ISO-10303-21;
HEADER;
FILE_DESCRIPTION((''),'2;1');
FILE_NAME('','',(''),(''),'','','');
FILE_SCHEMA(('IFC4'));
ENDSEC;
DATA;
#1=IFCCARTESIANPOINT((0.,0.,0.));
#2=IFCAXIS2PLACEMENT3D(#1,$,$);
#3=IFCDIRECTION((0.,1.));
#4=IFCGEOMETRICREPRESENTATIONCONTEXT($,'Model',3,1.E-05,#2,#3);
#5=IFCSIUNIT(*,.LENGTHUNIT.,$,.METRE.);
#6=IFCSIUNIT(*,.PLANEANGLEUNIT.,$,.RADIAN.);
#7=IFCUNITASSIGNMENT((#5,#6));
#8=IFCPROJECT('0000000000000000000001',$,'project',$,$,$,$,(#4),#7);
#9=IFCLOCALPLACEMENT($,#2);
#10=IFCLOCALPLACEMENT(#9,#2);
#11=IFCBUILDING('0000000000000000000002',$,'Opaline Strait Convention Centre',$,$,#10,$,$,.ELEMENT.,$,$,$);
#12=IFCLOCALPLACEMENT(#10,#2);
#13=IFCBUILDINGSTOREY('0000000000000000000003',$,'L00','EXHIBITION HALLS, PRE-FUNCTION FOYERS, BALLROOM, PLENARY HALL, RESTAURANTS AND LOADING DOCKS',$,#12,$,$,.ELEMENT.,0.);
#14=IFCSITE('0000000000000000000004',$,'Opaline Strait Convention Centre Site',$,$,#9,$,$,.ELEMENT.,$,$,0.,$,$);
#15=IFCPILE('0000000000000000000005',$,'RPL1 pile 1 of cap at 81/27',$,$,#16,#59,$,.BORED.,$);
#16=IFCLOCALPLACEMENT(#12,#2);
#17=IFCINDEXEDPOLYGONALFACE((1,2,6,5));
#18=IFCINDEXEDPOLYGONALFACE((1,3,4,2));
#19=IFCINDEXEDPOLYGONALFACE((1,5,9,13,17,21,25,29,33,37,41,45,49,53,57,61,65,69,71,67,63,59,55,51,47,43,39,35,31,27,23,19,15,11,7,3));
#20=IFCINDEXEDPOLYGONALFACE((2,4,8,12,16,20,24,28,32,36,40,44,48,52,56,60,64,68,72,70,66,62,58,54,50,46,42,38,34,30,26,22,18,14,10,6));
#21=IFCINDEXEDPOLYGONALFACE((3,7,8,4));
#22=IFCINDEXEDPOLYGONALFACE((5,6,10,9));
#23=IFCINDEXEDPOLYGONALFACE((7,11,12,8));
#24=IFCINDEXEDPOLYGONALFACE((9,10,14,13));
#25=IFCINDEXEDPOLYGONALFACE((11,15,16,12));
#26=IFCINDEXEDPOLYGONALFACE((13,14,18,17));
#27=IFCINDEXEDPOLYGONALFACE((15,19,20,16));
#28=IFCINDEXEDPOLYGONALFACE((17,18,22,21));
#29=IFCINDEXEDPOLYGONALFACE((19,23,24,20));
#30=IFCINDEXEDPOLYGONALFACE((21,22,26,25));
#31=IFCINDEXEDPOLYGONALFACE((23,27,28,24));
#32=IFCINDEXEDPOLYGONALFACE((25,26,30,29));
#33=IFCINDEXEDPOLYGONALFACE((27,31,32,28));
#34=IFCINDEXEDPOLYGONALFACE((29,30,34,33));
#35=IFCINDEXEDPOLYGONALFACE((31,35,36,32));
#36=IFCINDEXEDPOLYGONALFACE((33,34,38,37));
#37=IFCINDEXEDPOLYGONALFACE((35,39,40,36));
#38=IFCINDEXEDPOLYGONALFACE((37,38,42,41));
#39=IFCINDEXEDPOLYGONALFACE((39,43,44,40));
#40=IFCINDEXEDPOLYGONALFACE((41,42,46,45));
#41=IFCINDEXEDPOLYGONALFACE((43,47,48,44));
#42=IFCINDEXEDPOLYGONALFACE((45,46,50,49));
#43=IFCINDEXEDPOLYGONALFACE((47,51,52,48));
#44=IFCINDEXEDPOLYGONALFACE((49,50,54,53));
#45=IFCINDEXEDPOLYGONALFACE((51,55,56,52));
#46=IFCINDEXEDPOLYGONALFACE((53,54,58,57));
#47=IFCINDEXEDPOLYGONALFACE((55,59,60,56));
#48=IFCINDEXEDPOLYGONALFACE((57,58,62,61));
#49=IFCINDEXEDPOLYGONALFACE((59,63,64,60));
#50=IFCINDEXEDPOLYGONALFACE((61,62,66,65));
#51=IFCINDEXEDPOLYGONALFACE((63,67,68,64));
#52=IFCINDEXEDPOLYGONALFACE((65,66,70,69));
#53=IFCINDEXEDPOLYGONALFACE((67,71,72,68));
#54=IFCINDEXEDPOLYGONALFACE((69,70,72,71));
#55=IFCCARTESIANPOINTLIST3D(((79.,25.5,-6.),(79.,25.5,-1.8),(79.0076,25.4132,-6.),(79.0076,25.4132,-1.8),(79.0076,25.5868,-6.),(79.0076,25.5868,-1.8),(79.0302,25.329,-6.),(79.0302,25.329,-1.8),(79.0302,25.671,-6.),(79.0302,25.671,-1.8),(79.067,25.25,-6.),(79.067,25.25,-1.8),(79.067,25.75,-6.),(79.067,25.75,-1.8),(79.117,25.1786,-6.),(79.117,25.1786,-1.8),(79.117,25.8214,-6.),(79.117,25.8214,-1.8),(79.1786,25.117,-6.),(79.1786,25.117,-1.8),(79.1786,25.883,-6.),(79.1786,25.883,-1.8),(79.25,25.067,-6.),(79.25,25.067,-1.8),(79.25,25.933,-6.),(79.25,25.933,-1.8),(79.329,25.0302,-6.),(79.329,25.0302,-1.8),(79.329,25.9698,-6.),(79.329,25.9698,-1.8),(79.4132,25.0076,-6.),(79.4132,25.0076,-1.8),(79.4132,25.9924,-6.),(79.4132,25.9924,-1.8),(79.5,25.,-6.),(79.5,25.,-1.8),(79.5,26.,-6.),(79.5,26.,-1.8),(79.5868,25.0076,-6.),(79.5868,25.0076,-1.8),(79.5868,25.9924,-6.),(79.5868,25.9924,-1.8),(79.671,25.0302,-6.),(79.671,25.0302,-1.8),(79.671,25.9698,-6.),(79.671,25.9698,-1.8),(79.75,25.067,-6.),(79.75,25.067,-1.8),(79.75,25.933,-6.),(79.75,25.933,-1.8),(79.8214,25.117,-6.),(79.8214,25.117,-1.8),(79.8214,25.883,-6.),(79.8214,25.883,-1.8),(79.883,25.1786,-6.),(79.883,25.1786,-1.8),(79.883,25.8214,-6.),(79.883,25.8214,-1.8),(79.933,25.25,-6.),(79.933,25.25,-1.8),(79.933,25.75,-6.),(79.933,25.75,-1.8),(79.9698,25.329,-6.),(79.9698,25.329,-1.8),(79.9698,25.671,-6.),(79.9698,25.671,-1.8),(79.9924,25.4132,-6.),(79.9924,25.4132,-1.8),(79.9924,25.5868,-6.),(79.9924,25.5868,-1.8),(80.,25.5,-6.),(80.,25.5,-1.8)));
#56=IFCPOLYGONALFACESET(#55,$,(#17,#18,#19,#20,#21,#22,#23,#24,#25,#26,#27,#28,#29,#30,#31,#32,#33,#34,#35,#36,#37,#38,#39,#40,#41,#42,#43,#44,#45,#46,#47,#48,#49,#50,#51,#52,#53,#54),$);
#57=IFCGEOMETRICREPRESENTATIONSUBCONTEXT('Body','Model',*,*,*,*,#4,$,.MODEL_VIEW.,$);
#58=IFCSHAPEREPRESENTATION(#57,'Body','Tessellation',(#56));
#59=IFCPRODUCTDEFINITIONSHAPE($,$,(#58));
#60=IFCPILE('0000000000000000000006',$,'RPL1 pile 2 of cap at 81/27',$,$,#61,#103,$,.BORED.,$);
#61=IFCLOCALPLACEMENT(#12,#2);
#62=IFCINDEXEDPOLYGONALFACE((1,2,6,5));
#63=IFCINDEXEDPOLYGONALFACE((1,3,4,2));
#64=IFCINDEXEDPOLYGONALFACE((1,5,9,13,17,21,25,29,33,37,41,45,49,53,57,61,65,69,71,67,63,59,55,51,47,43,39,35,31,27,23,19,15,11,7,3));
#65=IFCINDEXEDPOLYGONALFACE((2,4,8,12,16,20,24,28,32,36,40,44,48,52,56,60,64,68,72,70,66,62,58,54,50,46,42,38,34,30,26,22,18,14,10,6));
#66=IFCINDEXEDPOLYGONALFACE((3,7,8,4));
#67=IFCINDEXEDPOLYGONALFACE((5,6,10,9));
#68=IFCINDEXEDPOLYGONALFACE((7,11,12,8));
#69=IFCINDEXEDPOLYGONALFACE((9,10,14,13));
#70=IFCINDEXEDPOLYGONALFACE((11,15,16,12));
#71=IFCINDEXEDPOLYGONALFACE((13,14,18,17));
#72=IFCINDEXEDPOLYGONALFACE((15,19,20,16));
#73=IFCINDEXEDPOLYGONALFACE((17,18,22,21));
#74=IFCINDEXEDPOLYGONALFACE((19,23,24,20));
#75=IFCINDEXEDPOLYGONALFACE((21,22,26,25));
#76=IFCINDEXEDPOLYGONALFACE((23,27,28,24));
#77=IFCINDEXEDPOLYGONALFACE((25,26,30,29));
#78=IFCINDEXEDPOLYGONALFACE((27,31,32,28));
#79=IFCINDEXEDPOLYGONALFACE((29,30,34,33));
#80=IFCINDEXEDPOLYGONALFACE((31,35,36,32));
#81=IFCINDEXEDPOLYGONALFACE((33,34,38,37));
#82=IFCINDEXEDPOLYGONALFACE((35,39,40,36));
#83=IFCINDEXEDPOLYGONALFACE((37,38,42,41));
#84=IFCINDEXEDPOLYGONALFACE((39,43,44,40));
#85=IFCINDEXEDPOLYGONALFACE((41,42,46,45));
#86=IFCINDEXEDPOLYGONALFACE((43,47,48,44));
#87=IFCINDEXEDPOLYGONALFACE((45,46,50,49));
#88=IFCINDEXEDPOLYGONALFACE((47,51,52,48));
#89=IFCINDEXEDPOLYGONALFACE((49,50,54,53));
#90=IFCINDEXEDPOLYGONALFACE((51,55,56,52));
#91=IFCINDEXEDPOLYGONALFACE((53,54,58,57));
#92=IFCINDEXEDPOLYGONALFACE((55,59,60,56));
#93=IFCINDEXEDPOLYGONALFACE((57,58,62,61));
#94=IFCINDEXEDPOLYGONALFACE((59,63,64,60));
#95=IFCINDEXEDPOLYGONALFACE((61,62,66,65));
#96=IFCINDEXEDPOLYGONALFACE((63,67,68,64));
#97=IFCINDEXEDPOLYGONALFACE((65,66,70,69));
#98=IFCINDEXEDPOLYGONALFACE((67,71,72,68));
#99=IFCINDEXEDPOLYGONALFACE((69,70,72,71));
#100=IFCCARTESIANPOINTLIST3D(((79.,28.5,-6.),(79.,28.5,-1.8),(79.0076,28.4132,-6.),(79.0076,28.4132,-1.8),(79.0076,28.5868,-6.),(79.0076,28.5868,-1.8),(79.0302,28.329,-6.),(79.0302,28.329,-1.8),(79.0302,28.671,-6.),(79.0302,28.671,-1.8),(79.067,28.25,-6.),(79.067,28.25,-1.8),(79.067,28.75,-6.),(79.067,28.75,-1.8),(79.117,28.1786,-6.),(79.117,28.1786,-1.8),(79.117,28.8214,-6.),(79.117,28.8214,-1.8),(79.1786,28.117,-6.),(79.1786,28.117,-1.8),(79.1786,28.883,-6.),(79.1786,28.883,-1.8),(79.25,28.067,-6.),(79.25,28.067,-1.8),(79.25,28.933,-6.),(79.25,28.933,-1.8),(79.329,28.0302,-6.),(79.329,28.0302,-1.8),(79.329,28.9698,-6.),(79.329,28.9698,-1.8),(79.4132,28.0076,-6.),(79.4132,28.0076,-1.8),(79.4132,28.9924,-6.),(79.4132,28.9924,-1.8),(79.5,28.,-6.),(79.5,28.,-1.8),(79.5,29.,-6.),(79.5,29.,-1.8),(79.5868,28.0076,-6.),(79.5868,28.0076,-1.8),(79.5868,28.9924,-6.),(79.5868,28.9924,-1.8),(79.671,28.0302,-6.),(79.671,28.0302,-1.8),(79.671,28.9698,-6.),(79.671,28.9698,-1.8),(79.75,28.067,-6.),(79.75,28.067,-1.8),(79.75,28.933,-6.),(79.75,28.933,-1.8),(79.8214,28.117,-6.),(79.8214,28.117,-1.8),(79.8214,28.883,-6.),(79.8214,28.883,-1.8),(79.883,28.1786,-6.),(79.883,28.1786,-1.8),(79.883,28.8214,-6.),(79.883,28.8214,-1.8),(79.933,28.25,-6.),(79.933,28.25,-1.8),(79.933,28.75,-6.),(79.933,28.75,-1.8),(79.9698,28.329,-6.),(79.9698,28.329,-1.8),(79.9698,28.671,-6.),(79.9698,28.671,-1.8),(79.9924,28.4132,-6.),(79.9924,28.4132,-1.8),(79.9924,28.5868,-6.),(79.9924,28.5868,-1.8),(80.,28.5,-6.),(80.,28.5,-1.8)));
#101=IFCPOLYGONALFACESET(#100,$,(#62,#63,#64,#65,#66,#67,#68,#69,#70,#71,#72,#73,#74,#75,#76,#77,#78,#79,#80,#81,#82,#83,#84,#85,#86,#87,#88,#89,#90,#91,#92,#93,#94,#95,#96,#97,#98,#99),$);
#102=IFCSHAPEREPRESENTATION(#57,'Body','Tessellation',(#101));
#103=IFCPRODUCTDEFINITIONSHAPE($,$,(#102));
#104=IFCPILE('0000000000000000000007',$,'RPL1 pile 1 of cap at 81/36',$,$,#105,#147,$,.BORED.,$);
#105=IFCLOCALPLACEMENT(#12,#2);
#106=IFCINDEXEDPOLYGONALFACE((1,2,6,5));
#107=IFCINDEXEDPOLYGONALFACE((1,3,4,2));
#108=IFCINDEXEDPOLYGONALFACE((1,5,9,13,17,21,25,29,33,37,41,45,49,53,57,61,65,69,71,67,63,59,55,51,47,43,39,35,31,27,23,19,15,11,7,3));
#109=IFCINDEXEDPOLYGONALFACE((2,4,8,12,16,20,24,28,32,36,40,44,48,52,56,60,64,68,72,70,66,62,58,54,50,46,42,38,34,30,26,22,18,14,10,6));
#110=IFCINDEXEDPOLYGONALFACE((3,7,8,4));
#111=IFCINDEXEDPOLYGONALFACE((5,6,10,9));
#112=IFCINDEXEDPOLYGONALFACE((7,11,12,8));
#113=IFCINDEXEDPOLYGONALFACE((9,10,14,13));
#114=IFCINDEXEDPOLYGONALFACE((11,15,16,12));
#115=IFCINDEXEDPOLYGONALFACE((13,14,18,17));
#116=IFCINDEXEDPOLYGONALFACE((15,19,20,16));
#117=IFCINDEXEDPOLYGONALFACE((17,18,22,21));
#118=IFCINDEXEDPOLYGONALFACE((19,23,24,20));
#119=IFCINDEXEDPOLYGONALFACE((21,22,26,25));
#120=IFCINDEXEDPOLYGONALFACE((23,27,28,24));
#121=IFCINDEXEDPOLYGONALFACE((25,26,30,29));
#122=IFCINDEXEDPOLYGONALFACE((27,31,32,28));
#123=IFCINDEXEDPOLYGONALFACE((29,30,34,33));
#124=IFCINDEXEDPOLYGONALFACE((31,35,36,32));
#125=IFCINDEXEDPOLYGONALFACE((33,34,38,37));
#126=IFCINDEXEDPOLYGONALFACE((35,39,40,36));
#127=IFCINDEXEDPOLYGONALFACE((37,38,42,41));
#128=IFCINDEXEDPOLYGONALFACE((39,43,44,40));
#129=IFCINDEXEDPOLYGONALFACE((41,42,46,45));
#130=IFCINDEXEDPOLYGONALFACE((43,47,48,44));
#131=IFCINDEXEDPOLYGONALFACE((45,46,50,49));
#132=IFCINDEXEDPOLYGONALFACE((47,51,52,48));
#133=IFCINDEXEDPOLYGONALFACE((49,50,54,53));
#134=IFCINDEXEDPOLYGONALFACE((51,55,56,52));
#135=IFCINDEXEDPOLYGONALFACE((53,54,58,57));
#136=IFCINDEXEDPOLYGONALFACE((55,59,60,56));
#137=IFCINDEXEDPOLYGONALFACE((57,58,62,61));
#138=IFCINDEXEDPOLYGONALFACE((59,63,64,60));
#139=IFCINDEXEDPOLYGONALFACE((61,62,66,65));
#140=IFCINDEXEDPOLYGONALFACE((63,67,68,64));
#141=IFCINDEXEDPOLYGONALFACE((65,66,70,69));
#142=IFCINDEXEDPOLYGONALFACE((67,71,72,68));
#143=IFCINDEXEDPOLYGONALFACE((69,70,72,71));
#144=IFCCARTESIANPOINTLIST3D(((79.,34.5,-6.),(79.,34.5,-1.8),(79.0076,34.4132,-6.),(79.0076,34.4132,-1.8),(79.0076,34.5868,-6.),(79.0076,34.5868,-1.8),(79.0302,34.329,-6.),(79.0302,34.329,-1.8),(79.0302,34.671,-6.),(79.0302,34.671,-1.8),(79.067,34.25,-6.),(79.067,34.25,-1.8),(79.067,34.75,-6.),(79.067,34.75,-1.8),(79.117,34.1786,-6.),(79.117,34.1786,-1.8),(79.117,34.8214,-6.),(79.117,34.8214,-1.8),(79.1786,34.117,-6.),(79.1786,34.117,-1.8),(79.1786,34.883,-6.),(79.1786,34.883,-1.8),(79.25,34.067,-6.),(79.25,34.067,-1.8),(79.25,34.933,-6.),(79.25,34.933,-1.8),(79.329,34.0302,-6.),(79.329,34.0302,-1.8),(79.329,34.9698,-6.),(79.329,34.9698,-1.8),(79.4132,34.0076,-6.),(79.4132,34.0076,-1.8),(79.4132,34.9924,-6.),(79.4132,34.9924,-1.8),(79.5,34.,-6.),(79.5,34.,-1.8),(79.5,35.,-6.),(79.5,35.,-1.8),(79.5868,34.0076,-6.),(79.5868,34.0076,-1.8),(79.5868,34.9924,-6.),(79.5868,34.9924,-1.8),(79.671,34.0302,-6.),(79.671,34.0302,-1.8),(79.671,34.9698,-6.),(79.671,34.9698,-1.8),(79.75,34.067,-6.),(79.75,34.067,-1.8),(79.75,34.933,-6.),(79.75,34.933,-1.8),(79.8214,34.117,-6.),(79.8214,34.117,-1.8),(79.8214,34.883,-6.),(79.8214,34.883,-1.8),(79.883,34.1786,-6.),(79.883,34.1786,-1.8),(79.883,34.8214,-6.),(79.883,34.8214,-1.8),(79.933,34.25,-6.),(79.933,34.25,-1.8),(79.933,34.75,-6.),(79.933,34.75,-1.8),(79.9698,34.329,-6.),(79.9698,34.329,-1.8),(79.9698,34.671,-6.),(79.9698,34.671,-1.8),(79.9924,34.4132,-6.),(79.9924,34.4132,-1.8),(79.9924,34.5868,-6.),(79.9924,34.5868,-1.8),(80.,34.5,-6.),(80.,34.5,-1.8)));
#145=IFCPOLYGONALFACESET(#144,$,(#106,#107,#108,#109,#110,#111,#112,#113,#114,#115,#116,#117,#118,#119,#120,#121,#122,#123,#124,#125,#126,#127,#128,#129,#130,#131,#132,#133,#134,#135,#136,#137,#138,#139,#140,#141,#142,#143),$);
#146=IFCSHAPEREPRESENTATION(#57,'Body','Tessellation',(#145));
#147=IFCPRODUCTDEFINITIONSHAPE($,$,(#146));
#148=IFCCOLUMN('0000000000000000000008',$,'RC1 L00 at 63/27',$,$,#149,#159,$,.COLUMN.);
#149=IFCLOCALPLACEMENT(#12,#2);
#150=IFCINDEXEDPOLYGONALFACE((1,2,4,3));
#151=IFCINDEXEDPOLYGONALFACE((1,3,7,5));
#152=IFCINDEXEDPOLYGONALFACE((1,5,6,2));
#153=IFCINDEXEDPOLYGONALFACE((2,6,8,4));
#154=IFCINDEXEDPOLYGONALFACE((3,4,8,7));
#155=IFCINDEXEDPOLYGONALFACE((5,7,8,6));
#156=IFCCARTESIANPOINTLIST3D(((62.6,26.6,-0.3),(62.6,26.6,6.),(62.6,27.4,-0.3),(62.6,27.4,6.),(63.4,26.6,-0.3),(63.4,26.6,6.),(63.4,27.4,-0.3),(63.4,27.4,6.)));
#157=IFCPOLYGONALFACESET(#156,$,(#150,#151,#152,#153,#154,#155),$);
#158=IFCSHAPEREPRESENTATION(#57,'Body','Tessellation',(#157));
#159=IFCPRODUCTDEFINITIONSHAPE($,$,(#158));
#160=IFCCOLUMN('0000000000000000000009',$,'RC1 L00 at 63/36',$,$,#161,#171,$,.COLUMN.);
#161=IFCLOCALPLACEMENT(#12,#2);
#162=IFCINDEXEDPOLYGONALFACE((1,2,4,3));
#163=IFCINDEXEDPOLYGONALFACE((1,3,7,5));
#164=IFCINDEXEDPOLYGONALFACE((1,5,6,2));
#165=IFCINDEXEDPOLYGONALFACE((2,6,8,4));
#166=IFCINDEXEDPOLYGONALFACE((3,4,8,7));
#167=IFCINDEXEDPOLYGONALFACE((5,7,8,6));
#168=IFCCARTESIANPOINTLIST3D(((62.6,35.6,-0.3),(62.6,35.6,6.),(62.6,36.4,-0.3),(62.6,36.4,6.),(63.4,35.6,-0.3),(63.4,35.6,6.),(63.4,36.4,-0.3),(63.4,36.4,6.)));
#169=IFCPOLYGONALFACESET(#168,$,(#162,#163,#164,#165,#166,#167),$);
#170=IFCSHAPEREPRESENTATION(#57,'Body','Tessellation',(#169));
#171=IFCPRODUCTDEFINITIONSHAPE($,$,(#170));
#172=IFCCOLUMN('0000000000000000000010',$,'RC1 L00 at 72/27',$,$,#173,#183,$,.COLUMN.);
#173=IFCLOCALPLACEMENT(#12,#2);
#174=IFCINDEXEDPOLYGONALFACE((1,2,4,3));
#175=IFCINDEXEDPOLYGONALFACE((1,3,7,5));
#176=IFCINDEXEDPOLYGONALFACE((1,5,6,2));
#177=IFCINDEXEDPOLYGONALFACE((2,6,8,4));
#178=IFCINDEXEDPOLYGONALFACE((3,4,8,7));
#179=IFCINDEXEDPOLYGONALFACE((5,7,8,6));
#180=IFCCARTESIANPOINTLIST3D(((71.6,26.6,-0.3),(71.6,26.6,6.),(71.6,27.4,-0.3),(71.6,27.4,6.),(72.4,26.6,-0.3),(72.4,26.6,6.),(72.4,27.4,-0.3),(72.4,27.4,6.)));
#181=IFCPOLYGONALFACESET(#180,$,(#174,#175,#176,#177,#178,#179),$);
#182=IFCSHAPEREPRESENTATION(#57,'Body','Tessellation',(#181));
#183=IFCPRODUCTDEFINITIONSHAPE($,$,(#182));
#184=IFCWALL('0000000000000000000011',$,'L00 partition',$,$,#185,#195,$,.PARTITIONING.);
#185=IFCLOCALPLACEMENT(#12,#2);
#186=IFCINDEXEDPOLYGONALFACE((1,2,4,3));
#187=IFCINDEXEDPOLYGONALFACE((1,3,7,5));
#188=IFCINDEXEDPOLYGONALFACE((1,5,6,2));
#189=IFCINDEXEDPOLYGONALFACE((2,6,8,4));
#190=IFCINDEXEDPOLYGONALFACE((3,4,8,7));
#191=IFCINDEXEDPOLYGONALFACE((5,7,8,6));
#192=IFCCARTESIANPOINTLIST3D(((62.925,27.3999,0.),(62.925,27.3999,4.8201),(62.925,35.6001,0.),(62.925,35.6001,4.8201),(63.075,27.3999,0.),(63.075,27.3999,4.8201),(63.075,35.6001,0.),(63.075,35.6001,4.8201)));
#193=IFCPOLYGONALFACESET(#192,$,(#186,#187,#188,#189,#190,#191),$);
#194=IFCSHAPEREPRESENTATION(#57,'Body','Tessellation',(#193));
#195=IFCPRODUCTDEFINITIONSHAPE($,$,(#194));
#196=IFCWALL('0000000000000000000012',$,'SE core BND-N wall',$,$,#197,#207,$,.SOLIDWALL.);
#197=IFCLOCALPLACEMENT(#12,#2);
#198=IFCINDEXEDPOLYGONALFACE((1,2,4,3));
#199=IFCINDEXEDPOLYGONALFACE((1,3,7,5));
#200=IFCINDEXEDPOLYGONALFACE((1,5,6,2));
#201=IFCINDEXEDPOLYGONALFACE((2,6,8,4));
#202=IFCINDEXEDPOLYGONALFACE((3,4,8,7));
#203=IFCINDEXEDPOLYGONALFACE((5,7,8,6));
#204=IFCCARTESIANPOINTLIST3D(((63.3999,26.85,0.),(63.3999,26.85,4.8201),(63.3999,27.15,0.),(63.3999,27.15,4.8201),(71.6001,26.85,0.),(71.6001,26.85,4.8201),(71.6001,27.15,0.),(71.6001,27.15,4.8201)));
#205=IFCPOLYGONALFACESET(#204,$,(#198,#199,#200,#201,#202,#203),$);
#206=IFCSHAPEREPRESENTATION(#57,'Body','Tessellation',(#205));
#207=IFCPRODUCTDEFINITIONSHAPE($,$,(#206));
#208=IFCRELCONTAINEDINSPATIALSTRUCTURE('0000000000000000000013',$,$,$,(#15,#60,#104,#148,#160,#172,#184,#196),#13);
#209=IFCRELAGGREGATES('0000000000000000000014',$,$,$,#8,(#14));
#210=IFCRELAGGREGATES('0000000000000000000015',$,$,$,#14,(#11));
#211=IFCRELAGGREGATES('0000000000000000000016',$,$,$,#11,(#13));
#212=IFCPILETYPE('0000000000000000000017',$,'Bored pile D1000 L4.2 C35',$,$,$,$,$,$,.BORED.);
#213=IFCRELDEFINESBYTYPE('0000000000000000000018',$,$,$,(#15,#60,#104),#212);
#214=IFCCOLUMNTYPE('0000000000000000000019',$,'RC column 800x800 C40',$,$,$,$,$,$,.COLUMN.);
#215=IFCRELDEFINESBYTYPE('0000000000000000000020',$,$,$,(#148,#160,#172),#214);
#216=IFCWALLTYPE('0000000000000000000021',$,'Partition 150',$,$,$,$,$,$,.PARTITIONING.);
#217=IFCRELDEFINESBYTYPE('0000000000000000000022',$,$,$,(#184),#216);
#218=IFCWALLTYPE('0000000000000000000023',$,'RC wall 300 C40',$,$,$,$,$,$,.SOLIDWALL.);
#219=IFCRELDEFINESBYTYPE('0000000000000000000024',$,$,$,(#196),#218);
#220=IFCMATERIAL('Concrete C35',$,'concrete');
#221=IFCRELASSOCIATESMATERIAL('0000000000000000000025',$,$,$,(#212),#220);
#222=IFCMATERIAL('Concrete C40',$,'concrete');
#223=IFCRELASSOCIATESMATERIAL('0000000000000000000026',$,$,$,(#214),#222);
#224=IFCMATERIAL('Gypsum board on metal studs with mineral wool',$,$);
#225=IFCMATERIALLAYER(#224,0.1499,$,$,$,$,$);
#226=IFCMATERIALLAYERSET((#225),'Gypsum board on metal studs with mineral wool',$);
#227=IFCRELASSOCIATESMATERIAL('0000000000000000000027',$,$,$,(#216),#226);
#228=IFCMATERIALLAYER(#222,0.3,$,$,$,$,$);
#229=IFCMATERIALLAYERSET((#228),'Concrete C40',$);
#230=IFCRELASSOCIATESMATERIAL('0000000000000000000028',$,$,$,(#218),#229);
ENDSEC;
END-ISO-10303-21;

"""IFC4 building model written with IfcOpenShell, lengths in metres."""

from ifc_helpers import new_model, si_unit, direction, frame, frame_2d, origin, origin_2d, place, context, subcontext, project, spatial, rectangle, circle, extrude, material, layer, layer_set, material_profile, profile_set, type_object, element, save


model = new_model("IFC4")

# Units and contexts
model_context = context("Model", 3, precision=1e-05, world=origin(), true_north=direction((0.0, 1.0)))
body_context = subcontext(model_context, "Body", "Model", "MODEL_VIEW")
ifc_project = project(units=[si_unit("LENGTHUNIT", "METRE"), si_unit("PLANEANGLEUNIT", "RADIAN")], contexts=[model_context])

# Site, building, storey
site_placement = place(None, origin())
site = spatial("IfcSite", under=ifc_project, at=site_placement, Name="Opaline Strait Convention Centre Site", CompositionType="ELEMENT", RefElevation=0.0)
building_placement = place(site_placement, origin())
building = spatial("IfcBuilding", under=site, at=building_placement, Name="Opaline Strait Convention Centre", CompositionType="ELEMENT")
storey_placement = place(building_placement, origin())
storey = spatial("IfcBuildingStorey", under=building, at=storey_placement, Name="L00", Description="EXHIBITION HALLS, PRE-FUNCTION FOYERS, BALLROOM, PLENARY HALL, RESTAURANTS AND LOADING DOCKS", CompositionType="ELEMENT", Elevation=0.0)

# Piles
ifc_material_1 = material(Name="Concrete C35", Category="concrete")
ifc_material_profile_1 = material_profile(ifc_material_1, circle(Radius=0.5, at=origin_2d()), Name="D1000")
ifc_profile_set_1 = profile_set([ifc_material_profile_1], Name="Concrete C35")
pile_type = type_object("IfcPileType", Name="Bored pile D1000 L4.2 C35", PredefinedType="BORED", material=ifc_profile_set_1)
for number, where, z_axis, x_axis, name in (
    (1, (79.5, 25.5, -1.8), (0.0, 0.0, -1.0), (1.0, 0.0, 0.0), "RPL1 pile 1 of cap at 81/27"),
    (2, (79.5, 28.5, -1.8), (0.0, 0.0, -1.0), (1.0, 0.0, 0.0), "RPL1 pile 2 of cap at 81/27"),
    (3, (79.5, 34.5, -1.8), (0.0, 0.0, -1.0), (1.0, 0.0, 0.0), "RPL1 pile 1 of cap at 81/36"),
):
    element("IfcPile", number, at=place(storey_placement, frame(where, z_axis=z_axis, x_axis=x_axis)), inside=storey, type_object=pile_type, Name=name, PredefinedType="BORED", context=body_context, shape_type="SweptSolid", body=[
        extrude(circle(Radius=0.5, at=origin_2d()), origin(), (0.0, 0.0, 1.0), 4.2),
    ])

# Columns
ifc_material_2 = material(Name="Concrete C40", Category="concrete")
ifc_material_profile_2 = material_profile(ifc_material_2, rectangle(XDim=0.8, YDim=0.8, at=origin_2d()), Name="RC 800x800")
ifc_profile_set_2 = profile_set([ifc_material_profile_2], Name="Concrete C40")
column_type = type_object("IfcColumnType", Name="RC column 800x800 C40", PredefinedType="COLUMN", material=ifc_profile_set_2)
for number, where, z_axis, x_axis, name in (
    (4, (63.0, 27.0, -0.3), (0.0, 0.0, 1.0), (1.0, 0.0, 0.0), "RC1 L00 at 63/27"),
    (5, (63.0, 36.0, -0.3), (0.0, 0.0, 1.0), (1.0, 0.0, 0.0), "RC1 L00 at 63/36"),
    (6, (72.0, 27.0, -0.3), (0.0, 0.0, 1.0), (1.0, 0.0, 0.0), "RC1 L00 at 72/27"),
):
    element("IfcColumn", number, at=place(storey_placement, frame(where, z_axis=z_axis, x_axis=x_axis)), inside=storey, type_object=column_type, Name=name, PredefinedType="COLUMN", context=body_context, shape_type="SweptSolid", body=[
        extrude(rectangle(XDim=0.8, YDim=0.8, at=origin_2d()), origin(), (0.0, 0.0, 1.0), 6.3),
    ])

# Walls
ifc_material_3 = material(Name="Gypsum board on metal studs with mineral wool")
ifc_layer_1 = layer(ifc_material_3, 0.1499)
ifc_layer_set_1 = layer_set([ifc_layer_1], Name="Gypsum board on metal studs with mineral wool")
wall_type_1 = type_object("IfcWallType", Name="Partition 150", PredefinedType="PARTITIONING", material=ifc_layer_set_1)
wall_1_placement = place(storey_placement, frame((63.0, 27.3999, 0.0), z_axis=(0.0, 0.0, 1.0), x_axis=(0.0, 1.0, 0.0)))
element("IfcWall", 7, at=wall_1_placement, inside=storey, type_object=wall_type_1, Name="L00 partition", PredefinedType="PARTITIONING", context=body_context, shape_type="SweptSolid", body=[
    extrude(rectangle(XDim=8.2002, YDim=0.1499, at=frame_2d((4.1001, 0.0))), origin(), (0.0, 0.0, 1.0), 4.8201),
])
ifc_layer_2 = layer(ifc_material_2, 0.3)
ifc_layer_set_2 = layer_set([ifc_layer_2], Name="Concrete C40")
wall_type_2 = type_object("IfcWallType", Name="RC wall 300 C40", PredefinedType="SOLIDWALL", material=ifc_layer_set_2)
for number, where, z_axis, x_axis, name in (
    (8, (71.6001, 27.0, 0.0), (0.0, 0.0, 1.0), (-1.0, 0.0, 0.0), "SE core BND-N wall"),
):
    element("IfcWall", number, at=place(storey_placement, frame(where, z_axis=z_axis, x_axis=x_axis)), inside=storey, type_object=wall_type_2, Name=name, PredefinedType="SOLIDWALL", context=body_context, shape_type="SweptSolid", body=[
        extrude(rectangle(XDim=8.2002, YDim=0.3, at=frame_2d((4.1001, 0.0))), origin(), (0.0, 0.0, 1.0), 4.8201),
    ])

save(model, "model.ifc")
